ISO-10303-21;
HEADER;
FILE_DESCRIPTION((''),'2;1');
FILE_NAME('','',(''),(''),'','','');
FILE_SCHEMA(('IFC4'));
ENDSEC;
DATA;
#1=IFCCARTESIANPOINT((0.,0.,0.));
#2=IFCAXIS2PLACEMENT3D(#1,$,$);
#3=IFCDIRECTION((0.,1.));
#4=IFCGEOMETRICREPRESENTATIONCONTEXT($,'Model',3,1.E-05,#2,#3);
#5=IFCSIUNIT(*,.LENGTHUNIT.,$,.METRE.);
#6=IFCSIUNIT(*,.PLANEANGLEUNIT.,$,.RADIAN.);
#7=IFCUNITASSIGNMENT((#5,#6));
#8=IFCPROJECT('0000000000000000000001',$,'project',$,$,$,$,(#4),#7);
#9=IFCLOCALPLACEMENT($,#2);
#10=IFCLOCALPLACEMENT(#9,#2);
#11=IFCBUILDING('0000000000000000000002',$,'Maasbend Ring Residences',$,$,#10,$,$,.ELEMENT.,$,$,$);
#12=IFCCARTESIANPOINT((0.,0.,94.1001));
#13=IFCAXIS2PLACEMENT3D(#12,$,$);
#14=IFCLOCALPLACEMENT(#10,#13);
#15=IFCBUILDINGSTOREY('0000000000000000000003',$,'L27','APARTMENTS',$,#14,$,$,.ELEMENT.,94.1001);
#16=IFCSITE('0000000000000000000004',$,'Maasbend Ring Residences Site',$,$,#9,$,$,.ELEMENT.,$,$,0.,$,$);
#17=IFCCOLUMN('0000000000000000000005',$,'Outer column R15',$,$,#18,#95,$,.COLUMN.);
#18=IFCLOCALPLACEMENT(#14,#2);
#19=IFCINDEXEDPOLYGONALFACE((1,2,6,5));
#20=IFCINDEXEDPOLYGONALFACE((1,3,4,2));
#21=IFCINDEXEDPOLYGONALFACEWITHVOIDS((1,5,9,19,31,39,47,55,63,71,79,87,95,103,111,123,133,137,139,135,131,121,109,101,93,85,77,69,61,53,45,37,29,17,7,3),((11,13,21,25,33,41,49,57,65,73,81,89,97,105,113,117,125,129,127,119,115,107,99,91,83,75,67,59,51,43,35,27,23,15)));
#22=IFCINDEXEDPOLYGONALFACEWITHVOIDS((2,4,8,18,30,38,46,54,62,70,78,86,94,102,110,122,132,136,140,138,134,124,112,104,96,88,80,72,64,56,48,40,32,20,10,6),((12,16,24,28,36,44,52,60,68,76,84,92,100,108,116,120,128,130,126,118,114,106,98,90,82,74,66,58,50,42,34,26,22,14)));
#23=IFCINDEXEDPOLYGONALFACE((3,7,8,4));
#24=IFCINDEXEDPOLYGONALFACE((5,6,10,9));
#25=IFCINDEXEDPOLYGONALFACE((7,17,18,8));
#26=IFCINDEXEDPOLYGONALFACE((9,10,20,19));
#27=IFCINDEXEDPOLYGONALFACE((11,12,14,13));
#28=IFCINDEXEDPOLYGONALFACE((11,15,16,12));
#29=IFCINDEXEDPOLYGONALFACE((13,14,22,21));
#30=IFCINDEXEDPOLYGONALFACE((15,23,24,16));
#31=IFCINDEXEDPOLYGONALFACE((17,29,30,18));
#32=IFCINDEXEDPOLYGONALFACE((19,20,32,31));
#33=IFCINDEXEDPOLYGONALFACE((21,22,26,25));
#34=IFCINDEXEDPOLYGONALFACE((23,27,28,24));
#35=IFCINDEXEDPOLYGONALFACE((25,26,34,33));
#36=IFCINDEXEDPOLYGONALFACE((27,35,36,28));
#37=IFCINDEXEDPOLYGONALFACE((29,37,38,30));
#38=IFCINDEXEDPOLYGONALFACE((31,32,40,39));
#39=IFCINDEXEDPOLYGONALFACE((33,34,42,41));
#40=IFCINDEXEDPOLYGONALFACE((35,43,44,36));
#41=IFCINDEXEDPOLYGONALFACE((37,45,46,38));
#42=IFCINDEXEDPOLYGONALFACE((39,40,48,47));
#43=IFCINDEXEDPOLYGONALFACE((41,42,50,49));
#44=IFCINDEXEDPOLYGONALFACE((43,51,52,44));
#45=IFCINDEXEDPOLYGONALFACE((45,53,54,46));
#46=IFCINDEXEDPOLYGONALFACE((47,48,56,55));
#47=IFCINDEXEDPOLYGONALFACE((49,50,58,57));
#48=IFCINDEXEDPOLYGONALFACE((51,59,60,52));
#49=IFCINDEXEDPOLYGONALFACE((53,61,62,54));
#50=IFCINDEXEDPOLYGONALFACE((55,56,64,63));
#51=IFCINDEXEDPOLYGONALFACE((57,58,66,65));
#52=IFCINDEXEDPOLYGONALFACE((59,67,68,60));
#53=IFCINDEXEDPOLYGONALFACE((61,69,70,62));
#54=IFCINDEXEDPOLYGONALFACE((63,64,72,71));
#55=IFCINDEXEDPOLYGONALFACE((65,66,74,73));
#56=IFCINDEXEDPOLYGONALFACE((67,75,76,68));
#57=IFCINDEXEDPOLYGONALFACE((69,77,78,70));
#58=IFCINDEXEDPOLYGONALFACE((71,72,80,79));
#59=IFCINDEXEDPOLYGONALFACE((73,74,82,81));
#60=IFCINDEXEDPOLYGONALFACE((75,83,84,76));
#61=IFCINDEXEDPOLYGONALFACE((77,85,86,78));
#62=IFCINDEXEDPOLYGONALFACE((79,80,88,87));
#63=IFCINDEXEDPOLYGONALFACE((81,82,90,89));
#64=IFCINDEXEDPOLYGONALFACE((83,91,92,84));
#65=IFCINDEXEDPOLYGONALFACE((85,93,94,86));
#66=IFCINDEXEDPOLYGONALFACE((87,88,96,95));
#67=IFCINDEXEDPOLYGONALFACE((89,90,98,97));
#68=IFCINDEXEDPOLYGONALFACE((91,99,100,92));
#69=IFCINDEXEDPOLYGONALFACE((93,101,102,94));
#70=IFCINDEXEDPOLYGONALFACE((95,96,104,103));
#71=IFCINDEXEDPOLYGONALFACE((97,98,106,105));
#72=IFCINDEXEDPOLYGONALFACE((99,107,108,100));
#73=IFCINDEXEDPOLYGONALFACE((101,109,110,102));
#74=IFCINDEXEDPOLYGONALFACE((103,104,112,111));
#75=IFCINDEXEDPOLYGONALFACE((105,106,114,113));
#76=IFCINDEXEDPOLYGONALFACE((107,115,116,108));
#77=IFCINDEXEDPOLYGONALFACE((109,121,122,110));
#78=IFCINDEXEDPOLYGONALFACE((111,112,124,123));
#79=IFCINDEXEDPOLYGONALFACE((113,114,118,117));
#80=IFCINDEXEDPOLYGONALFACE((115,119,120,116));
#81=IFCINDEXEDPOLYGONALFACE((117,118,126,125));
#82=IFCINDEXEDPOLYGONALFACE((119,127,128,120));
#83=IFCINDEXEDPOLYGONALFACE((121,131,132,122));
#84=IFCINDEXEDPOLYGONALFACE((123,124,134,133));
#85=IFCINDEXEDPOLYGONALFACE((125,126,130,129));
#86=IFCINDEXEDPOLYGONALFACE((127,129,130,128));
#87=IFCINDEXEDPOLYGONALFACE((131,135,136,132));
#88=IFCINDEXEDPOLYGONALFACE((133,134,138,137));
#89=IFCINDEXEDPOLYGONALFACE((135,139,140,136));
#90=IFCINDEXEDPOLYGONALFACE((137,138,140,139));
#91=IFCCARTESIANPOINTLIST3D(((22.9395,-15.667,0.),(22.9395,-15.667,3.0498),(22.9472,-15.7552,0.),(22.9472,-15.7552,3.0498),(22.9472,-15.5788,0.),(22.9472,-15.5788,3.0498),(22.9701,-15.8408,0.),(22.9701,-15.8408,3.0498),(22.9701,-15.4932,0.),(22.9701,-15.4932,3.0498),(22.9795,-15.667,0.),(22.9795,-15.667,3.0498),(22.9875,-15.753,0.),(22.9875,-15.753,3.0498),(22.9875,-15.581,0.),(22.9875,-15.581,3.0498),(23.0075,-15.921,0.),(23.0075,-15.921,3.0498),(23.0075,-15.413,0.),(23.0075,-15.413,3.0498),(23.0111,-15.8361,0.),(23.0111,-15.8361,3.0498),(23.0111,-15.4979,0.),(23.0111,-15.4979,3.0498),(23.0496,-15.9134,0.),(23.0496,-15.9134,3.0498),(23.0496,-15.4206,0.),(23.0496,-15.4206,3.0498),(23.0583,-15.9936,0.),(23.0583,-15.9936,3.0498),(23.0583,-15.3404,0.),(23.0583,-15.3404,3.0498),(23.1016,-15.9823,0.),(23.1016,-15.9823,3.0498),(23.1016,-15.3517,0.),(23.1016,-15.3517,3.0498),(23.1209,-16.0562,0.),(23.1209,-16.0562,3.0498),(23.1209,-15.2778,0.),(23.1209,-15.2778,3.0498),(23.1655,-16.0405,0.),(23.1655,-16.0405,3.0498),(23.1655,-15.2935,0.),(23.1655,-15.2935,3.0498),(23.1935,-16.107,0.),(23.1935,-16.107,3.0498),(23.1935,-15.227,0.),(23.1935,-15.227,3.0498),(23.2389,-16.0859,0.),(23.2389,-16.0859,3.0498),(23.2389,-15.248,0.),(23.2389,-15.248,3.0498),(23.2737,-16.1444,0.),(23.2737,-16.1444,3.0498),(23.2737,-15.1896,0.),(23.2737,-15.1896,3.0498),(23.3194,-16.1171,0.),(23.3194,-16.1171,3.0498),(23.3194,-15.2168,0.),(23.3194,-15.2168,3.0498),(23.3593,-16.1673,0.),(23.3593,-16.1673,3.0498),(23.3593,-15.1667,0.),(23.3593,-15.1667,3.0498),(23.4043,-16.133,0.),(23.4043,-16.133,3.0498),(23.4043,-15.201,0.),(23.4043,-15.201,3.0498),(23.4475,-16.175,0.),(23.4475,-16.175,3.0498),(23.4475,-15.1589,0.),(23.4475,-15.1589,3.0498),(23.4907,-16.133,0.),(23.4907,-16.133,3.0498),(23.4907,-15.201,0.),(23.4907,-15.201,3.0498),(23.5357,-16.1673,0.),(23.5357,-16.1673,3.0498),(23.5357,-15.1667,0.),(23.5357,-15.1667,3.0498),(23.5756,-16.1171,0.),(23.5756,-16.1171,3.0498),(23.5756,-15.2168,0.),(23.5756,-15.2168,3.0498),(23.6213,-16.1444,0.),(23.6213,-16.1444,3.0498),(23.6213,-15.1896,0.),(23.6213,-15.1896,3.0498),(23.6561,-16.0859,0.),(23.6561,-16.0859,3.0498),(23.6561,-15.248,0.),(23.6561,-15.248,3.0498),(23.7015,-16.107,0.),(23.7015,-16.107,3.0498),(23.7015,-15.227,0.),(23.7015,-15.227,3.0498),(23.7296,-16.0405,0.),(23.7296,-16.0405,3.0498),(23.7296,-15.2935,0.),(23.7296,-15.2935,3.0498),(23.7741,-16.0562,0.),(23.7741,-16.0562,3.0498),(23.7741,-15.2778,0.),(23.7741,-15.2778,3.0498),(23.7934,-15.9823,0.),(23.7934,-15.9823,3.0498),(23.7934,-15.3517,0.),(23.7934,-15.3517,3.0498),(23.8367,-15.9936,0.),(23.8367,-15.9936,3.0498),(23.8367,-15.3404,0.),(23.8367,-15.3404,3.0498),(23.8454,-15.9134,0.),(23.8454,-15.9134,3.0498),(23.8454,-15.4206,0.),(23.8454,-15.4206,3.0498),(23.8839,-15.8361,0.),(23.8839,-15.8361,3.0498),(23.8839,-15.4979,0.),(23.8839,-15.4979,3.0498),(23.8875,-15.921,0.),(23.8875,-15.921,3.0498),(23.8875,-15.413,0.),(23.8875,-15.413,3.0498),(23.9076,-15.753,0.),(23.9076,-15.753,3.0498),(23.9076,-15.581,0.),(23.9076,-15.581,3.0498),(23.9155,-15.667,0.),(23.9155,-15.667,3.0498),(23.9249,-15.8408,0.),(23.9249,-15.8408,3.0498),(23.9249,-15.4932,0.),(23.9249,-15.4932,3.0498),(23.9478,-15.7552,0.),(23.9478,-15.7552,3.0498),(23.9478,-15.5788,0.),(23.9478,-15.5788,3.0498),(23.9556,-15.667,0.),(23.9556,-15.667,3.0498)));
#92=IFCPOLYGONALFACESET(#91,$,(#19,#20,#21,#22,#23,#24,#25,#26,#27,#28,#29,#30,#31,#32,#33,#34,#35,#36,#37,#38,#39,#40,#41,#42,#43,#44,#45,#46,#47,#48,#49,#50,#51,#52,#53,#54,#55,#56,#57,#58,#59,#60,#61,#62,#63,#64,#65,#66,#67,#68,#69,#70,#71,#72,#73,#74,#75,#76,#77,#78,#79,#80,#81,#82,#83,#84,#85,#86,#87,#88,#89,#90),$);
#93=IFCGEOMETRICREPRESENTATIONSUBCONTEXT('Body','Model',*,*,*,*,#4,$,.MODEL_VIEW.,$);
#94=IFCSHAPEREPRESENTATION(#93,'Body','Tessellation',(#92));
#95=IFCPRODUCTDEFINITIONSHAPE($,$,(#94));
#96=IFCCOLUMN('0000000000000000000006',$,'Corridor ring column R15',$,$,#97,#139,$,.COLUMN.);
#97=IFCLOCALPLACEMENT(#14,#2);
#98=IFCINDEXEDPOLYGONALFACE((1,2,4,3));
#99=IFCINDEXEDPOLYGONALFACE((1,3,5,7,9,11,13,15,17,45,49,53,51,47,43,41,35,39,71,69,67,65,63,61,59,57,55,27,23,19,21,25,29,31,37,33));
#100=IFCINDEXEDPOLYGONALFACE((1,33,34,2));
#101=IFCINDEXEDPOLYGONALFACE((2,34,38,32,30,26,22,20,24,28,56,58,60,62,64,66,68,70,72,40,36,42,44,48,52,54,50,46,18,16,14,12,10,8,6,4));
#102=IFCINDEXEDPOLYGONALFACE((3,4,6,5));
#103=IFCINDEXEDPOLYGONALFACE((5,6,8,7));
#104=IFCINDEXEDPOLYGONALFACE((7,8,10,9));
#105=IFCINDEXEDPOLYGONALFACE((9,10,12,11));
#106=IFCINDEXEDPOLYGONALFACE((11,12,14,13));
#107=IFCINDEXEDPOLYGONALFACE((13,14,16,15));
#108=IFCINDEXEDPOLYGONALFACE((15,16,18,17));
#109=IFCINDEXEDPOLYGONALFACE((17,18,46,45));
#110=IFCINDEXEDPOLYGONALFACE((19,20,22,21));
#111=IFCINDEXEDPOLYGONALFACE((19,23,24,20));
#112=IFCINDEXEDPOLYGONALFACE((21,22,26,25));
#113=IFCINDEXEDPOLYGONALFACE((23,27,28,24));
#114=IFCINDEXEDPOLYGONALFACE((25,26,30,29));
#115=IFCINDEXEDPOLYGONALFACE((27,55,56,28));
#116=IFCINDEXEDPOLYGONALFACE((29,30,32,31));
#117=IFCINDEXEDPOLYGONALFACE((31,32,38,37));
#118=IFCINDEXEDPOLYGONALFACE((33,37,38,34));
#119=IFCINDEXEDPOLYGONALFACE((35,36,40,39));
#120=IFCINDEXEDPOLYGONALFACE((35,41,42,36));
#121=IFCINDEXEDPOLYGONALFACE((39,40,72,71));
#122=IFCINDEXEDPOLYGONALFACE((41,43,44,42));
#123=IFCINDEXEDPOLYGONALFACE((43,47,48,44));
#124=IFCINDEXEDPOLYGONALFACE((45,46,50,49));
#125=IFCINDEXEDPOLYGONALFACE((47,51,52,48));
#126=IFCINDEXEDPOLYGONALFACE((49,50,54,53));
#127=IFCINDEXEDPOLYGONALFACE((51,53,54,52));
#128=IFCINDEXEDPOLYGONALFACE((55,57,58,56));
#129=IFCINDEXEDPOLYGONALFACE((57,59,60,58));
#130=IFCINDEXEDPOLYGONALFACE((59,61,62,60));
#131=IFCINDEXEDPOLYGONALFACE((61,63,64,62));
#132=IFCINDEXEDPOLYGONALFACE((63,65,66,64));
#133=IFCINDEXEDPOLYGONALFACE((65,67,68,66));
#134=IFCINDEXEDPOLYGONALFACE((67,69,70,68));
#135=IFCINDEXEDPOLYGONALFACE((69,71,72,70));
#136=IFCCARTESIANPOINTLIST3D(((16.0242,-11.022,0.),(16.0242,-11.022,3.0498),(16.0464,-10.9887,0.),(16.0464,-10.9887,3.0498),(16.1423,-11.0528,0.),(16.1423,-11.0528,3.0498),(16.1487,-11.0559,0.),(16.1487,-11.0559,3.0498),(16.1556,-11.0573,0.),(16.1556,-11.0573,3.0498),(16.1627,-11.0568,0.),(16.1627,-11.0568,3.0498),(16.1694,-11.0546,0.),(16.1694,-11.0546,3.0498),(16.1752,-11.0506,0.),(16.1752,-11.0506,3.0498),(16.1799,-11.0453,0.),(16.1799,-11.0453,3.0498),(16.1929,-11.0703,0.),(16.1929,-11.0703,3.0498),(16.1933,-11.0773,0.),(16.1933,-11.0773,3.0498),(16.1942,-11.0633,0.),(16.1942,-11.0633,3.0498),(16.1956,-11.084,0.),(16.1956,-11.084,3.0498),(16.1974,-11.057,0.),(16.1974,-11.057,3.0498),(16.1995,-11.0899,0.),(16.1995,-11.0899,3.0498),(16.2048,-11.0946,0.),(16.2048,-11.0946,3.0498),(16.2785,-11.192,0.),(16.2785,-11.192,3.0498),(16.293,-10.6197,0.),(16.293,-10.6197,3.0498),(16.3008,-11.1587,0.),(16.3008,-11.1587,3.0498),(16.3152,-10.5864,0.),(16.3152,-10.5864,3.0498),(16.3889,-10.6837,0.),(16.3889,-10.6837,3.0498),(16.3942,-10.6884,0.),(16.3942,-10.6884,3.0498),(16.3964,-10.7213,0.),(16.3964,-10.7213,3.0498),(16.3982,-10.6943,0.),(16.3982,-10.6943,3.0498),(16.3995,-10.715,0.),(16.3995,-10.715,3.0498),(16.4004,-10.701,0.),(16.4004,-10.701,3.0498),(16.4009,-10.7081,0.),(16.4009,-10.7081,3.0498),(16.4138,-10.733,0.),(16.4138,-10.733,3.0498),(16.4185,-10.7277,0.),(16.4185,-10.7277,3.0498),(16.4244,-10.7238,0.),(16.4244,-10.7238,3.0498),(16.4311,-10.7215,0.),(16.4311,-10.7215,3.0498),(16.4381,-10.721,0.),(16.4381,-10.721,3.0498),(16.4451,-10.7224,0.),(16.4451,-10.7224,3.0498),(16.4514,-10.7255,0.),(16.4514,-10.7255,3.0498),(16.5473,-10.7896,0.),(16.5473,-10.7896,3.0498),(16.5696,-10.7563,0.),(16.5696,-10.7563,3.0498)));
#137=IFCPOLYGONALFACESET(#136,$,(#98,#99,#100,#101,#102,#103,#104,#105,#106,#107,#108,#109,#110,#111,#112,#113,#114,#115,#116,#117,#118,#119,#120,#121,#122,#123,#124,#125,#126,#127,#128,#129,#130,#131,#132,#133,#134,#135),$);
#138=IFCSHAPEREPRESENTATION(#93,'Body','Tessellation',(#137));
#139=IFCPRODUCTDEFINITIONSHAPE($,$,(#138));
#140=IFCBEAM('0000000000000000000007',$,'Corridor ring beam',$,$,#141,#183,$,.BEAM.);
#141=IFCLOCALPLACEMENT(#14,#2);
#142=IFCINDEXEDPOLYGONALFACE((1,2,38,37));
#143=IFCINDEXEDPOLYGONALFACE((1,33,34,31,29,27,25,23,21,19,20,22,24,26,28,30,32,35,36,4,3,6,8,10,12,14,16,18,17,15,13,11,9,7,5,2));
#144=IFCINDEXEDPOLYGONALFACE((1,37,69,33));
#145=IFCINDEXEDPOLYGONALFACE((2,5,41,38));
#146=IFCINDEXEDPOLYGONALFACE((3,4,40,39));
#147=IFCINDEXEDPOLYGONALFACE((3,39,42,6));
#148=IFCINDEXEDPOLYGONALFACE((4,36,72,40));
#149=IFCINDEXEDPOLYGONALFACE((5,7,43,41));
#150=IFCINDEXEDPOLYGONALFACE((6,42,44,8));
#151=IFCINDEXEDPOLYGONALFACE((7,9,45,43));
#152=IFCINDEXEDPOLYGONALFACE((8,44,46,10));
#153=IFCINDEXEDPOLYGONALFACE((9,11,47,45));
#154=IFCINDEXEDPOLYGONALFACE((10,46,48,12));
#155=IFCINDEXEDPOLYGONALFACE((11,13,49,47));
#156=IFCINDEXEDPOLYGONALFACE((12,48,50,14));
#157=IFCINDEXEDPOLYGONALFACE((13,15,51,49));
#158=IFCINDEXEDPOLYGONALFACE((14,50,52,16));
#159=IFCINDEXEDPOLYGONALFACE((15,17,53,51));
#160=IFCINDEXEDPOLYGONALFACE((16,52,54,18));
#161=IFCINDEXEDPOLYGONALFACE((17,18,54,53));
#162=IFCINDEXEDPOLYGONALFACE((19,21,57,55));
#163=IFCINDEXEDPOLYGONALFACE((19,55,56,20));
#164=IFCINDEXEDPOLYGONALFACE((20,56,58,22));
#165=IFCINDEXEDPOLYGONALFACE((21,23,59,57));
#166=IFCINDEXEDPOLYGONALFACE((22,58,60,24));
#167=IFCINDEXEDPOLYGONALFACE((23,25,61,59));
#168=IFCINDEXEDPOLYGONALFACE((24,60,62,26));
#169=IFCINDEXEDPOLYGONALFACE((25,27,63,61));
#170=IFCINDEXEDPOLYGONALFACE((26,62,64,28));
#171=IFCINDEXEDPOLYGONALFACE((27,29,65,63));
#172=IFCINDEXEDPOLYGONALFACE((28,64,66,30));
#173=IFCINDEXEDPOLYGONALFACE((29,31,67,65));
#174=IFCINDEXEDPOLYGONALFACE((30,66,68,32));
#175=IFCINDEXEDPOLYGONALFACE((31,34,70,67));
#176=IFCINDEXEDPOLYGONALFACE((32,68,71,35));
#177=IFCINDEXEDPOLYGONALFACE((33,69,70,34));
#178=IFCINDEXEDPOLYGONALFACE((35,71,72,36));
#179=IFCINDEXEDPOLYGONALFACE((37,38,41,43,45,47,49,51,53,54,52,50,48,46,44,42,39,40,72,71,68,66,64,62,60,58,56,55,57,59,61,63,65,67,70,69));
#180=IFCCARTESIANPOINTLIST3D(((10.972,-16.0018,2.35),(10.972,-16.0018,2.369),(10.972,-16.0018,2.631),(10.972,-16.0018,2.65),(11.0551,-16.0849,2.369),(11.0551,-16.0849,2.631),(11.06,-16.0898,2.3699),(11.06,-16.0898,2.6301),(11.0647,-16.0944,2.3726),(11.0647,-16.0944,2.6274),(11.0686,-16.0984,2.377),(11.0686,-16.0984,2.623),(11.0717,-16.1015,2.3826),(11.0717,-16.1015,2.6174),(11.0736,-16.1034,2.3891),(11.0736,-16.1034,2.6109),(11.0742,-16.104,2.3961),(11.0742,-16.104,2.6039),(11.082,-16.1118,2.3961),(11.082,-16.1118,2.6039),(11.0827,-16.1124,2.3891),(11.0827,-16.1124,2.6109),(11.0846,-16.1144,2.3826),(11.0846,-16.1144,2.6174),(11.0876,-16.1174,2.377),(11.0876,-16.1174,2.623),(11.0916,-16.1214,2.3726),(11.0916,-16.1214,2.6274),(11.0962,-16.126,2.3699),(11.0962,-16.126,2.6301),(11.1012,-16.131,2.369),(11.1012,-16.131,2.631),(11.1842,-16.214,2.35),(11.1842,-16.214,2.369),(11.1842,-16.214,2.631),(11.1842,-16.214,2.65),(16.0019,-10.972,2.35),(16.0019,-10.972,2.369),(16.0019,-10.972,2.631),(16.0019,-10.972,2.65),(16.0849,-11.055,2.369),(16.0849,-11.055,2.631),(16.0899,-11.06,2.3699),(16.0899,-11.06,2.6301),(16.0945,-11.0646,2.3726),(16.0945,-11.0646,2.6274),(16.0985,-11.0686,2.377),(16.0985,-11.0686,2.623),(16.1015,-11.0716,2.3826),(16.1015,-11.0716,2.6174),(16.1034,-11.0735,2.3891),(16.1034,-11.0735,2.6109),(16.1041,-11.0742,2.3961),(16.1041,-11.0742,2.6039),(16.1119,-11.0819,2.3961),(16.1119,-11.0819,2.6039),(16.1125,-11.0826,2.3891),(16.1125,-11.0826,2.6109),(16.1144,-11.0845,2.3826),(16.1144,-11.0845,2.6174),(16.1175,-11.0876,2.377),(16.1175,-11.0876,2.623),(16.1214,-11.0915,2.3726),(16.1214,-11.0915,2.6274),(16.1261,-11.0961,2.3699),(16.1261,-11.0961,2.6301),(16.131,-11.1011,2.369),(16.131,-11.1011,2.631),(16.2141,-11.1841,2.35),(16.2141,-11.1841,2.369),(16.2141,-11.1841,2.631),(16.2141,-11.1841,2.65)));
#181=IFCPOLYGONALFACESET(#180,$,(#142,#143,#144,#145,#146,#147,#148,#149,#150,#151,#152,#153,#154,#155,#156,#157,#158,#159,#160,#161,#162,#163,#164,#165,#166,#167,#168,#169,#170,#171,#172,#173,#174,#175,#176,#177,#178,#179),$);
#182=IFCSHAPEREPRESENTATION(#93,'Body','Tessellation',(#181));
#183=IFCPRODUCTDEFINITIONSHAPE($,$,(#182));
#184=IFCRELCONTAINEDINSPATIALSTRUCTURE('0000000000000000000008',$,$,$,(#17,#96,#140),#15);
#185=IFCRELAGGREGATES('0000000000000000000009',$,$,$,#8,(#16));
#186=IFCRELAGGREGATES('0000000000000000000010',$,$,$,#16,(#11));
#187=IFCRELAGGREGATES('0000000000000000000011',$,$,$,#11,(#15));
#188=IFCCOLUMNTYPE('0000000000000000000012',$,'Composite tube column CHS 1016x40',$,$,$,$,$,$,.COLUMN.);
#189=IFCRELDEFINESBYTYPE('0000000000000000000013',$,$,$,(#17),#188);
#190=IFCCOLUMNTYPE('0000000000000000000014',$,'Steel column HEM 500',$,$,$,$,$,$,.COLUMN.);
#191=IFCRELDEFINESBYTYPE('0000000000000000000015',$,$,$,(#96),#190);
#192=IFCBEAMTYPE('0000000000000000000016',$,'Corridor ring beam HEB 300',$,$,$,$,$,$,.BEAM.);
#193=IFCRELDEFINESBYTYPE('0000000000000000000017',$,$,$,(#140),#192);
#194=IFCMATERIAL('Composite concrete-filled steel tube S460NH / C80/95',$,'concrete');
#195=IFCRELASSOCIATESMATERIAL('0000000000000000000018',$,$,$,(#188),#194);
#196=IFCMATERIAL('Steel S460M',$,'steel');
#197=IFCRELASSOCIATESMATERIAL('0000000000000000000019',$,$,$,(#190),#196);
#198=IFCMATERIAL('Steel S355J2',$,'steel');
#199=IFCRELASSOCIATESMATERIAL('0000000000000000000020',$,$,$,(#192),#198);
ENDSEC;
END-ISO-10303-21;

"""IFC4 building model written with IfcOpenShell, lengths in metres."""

from ifc_helpers import new_model, si_unit, direction, frame, origin, origin_2d, place, context, subcontext, project, spatial, hollow_circle, i_section, extrude, material, material_profile, profile_set, type_object, element, save


model = new_model("IFC4")

# Units and contexts
model_context = context("Model", 3, precision=1e-05, world=origin(), true_north=direction((0.0, 1.0)))
body_context = subcontext(model_context, "Body", "Model", "MODEL_VIEW")
ifc_project = project(units=[si_unit("LENGTHUNIT", "METRE"), si_unit("PLANEANGLEUNIT", "RADIAN")], contexts=[model_context])

# Site, building, storey
site_placement = place(None, origin())
site = spatial("IfcSite", under=ifc_project, at=site_placement, Name="Maasbend Ring Residences Site", CompositionType="ELEMENT", RefElevation=0.0)
building_placement = place(site_placement, origin())
building = spatial("IfcBuilding", under=site, at=building_placement, Name="Maasbend Ring Residences", CompositionType="ELEMENT")
storey_placement = place(building_placement, frame((0.0, 0.0, 94.1001)))
storey = spatial("IfcBuildingStorey", under=building, at=storey_placement, Name="L27", Description="APARTMENTS", CompositionType="ELEMENT", Elevation=94.1001)

# Columns
ifc_material_1 = material(Name="Composite concrete-filled steel tube S460NH / C80/95", Category="concrete")
ifc_material_profile_1 = material_profile(ifc_material_1, hollow_circle(Radius=0.5081, WallThickness=0.04, at=origin_2d()), Name="Composite tube column CHS 1016x40")
ifc_profile_set_1 = profile_set([ifc_material_profile_1], Name="Composite concrete-filled steel tube S460NH / C80/95")
column_type_1 = type_object("IfcColumnType", Name="Composite tube column CHS 1016x40", PredefinedType="COLUMN", material=ifc_profile_set_1)
column_1_placement = place(storey_placement, frame((23.4475, -15.667, 0.0), z_axis=(0.0, 0.0, 1.0), x_axis=(1.0, 0.0, 0.0)))
element("IfcColumn", 1, at=column_1_placement, inside=storey, type_object=column_type_1, Name="Outer column R15", PredefinedType="COLUMN", context=body_context, shape_type="SweptSolid", body=[
    extrude(hollow_circle(Radius=0.5081, WallThickness=0.04, at=origin_2d()), origin(), (0.0, 0.0, 1.0), 3.0498),
])
ifc_material_2 = material(Name="Steel S460M", Category="steel")
ifc_material_profile_2 = material_profile(ifc_material_2, i_section(OverallWidth=0.3059, OverallDepth=0.5239, WebThickness=0.021, FlangeThickness=0.04, FilletRadius=0.0271, at=origin_2d()), Name="HEM 500")
ifc_profile_set_2 = profile_set([ifc_material_profile_2], Name="Steel S460M")
column_type_2 = type_object("IfcColumnType", Name="Steel column HEM 500", PredefinedType="COLUMN", material=ifc_profile_set_2)
column_2_placement = place(storey_placement, frame((16.2969, -10.8892, 0.0), z_axis=(0.0, 0.0, 1.0), x_axis=(0.83147, -0.55557, 0.0)))
element("IfcColumn", 2, at=column_2_placement, inside=storey, type_object=column_type_2, Name="Corridor ring column R15", PredefinedType="COLUMN", context=body_context, shape_type="SweptSolid", body=[
    extrude(i_section(OverallWidth=0.3059, OverallDepth=0.5239, WebThickness=0.021, FlangeThickness=0.04, FilletRadius=0.0271, at=origin_2d()), origin(), (0.0, 0.0, 1.0), 3.0498),
])

# Beam
ifc_material_3 = material(Name="Steel S355J2", Category="steel")
ifc_material_profile_3 = material_profile(ifc_material_3, i_section(OverallWidth=0.3, OverallDepth=0.3, WebThickness=0.011, FlangeThickness=0.019, FilletRadius=0.0271, at=origin_2d()), Name="HEB 300")
ifc_profile_set_3 = profile_set([ifc_material_profile_3], Name="Steel S355J2")
beam_type = type_object("IfcBeamType", Name="Corridor ring beam HEB 300", PredefinedType="BEAM", material=ifc_profile_set_3)
beam_placement = place(storey_placement, frame((11.0781, -16.1079, 2.5), z_axis=(0.707107, 0.707107, 0.0), x_axis=(-0.707107, 0.707107, 0.0)))
element("IfcBeam", 3, at=beam_placement, inside=storey, type_object=beam_type, Name="Corridor ring beam", PredefinedType="BEAM", context=body_context, shape_type="SweptSolid", body=[
    extrude(i_section(OverallWidth=0.3, OverallDepth=0.3, WebThickness=0.011, FlangeThickness=0.019, FilletRadius=0.0271, at=origin_2d()), origin(), (0.0, 0.0, 1.0), 7.1133),
])

save(model, "model.ifc")
